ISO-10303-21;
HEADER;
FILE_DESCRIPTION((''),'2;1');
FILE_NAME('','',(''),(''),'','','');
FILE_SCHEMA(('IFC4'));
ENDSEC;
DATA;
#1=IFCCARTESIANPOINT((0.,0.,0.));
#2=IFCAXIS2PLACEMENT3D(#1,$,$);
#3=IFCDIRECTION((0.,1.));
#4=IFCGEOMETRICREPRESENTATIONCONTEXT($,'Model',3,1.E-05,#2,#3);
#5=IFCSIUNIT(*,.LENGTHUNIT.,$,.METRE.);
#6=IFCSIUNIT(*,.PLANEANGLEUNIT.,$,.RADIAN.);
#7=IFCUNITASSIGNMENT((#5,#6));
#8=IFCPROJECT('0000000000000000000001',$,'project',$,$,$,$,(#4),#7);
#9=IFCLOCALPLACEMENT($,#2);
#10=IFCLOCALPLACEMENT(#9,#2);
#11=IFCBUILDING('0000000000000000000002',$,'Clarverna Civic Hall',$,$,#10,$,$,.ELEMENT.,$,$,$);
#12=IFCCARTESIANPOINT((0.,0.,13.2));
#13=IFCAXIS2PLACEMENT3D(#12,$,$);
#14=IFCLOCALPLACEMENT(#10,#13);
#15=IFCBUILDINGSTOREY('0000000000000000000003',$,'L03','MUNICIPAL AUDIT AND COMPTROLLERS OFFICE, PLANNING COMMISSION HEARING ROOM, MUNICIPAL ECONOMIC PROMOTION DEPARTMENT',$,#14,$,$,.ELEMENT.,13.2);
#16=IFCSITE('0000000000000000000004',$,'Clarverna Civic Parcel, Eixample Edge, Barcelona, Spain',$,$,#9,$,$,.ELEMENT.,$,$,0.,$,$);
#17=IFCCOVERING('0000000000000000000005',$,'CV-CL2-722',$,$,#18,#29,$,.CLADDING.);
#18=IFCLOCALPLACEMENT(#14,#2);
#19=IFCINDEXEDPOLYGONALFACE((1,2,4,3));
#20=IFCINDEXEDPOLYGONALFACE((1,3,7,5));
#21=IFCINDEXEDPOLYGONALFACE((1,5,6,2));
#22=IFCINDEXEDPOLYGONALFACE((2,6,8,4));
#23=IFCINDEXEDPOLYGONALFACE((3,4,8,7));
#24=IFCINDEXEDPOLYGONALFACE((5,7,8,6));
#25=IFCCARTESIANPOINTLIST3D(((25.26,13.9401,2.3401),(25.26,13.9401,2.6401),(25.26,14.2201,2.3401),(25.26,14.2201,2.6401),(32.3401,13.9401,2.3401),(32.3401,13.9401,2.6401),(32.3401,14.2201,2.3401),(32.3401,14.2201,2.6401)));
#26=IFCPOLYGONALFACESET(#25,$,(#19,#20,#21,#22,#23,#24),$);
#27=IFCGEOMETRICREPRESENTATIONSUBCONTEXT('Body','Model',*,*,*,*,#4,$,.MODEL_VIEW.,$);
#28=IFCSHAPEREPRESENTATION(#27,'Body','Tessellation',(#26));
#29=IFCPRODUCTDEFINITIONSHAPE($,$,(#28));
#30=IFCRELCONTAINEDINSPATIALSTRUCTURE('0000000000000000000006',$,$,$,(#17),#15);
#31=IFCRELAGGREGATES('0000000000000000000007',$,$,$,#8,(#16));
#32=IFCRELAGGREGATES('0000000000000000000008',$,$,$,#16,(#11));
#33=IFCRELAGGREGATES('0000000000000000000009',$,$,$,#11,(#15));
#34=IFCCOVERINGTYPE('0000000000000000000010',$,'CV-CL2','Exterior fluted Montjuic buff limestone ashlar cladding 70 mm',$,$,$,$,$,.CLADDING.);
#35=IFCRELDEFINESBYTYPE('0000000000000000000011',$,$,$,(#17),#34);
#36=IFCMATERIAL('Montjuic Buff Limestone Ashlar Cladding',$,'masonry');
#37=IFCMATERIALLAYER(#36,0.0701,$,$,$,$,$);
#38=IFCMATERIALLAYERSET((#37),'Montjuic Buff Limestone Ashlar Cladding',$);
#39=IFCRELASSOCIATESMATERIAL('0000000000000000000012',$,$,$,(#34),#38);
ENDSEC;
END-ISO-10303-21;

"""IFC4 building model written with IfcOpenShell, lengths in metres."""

from ifc_helpers import new_model, si_unit, direction, frame, frame_2d, origin, place, context, subcontext, project, spatial, rectangle, extrude, material, layer, layer_set, type_object, element, save


model = new_model("IFC4")

# Units and contexts
model_context = context("Model", 3, precision=1e-05, world=origin(), true_north=direction((0.0, 1.0)))
body_context = subcontext(model_context, "Body", "Model", "MODEL_VIEW")
ifc_project = project(units=[si_unit("LENGTHUNIT", "METRE"), si_unit("PLANEANGLEUNIT", "RADIAN")], contexts=[model_context])

# Site, building, storey
site_placement = place(None, origin())
site = spatial("IfcSite", under=ifc_project, at=site_placement, Name="Clarverna Civic Parcel, Eixample Edge, Barcelona, Spain", CompositionType="ELEMENT", RefElevation=0.0)
building_placement = place(site_placement, origin())
building = spatial("IfcBuilding", under=site, at=building_placement, Name="Clarverna Civic Hall", CompositionType="ELEMENT")
storey_placement = place(building_placement, frame((0.0, 0.0, 13.2)))
storey = spatial("IfcBuildingStorey", under=building, at=storey_placement, Name="L03", Description="MUNICIPAL AUDIT AND COMPTROLLERS OFFICE, PLANNING COMMISSION HEARING ROOM, MUNICIPAL ECONOMIC PROMOTION DEPARTMENT", CompositionType="ELEMENT", Elevation=13.2)

# Covering
ifc_material_1 = material(Name="Montjuic Buff Limestone Ashlar Cladding", Category="masonry")
ifc_layer_1 = layer(ifc_material_1, 0.0701)
ifc_layer_set_1 = layer_set([ifc_layer_1], Name="Montjuic Buff Limestone Ashlar Cladding")
covering_type = type_object("IfcCoveringType", Name="CV-CL2", Description="Exterior fluted Montjuic buff limestone ashlar cladding 70 mm", PredefinedType="CLADDING", material=ifc_layer_set_1)
covering_placement = place(storey_placement, frame((25.26, 14.0801, 2.3401), z_axis=(0.0, 0.0, 1.0), x_axis=(1.0, 0.0, 0.0)))
element("IfcCovering", 1, at=covering_placement, inside=storey, type_object=covering_type, Name="CV-CL2-722", PredefinedType="CLADDING", context=body_context, shape_type="SweptSolid", body=[
    extrude(rectangle(XDim=7.0801, YDim=0.28, at=frame_2d((3.54, 0.0))), origin(), (0.0, 0.0, 1.0), 0.3),
])

save(model, "model.ifc")
